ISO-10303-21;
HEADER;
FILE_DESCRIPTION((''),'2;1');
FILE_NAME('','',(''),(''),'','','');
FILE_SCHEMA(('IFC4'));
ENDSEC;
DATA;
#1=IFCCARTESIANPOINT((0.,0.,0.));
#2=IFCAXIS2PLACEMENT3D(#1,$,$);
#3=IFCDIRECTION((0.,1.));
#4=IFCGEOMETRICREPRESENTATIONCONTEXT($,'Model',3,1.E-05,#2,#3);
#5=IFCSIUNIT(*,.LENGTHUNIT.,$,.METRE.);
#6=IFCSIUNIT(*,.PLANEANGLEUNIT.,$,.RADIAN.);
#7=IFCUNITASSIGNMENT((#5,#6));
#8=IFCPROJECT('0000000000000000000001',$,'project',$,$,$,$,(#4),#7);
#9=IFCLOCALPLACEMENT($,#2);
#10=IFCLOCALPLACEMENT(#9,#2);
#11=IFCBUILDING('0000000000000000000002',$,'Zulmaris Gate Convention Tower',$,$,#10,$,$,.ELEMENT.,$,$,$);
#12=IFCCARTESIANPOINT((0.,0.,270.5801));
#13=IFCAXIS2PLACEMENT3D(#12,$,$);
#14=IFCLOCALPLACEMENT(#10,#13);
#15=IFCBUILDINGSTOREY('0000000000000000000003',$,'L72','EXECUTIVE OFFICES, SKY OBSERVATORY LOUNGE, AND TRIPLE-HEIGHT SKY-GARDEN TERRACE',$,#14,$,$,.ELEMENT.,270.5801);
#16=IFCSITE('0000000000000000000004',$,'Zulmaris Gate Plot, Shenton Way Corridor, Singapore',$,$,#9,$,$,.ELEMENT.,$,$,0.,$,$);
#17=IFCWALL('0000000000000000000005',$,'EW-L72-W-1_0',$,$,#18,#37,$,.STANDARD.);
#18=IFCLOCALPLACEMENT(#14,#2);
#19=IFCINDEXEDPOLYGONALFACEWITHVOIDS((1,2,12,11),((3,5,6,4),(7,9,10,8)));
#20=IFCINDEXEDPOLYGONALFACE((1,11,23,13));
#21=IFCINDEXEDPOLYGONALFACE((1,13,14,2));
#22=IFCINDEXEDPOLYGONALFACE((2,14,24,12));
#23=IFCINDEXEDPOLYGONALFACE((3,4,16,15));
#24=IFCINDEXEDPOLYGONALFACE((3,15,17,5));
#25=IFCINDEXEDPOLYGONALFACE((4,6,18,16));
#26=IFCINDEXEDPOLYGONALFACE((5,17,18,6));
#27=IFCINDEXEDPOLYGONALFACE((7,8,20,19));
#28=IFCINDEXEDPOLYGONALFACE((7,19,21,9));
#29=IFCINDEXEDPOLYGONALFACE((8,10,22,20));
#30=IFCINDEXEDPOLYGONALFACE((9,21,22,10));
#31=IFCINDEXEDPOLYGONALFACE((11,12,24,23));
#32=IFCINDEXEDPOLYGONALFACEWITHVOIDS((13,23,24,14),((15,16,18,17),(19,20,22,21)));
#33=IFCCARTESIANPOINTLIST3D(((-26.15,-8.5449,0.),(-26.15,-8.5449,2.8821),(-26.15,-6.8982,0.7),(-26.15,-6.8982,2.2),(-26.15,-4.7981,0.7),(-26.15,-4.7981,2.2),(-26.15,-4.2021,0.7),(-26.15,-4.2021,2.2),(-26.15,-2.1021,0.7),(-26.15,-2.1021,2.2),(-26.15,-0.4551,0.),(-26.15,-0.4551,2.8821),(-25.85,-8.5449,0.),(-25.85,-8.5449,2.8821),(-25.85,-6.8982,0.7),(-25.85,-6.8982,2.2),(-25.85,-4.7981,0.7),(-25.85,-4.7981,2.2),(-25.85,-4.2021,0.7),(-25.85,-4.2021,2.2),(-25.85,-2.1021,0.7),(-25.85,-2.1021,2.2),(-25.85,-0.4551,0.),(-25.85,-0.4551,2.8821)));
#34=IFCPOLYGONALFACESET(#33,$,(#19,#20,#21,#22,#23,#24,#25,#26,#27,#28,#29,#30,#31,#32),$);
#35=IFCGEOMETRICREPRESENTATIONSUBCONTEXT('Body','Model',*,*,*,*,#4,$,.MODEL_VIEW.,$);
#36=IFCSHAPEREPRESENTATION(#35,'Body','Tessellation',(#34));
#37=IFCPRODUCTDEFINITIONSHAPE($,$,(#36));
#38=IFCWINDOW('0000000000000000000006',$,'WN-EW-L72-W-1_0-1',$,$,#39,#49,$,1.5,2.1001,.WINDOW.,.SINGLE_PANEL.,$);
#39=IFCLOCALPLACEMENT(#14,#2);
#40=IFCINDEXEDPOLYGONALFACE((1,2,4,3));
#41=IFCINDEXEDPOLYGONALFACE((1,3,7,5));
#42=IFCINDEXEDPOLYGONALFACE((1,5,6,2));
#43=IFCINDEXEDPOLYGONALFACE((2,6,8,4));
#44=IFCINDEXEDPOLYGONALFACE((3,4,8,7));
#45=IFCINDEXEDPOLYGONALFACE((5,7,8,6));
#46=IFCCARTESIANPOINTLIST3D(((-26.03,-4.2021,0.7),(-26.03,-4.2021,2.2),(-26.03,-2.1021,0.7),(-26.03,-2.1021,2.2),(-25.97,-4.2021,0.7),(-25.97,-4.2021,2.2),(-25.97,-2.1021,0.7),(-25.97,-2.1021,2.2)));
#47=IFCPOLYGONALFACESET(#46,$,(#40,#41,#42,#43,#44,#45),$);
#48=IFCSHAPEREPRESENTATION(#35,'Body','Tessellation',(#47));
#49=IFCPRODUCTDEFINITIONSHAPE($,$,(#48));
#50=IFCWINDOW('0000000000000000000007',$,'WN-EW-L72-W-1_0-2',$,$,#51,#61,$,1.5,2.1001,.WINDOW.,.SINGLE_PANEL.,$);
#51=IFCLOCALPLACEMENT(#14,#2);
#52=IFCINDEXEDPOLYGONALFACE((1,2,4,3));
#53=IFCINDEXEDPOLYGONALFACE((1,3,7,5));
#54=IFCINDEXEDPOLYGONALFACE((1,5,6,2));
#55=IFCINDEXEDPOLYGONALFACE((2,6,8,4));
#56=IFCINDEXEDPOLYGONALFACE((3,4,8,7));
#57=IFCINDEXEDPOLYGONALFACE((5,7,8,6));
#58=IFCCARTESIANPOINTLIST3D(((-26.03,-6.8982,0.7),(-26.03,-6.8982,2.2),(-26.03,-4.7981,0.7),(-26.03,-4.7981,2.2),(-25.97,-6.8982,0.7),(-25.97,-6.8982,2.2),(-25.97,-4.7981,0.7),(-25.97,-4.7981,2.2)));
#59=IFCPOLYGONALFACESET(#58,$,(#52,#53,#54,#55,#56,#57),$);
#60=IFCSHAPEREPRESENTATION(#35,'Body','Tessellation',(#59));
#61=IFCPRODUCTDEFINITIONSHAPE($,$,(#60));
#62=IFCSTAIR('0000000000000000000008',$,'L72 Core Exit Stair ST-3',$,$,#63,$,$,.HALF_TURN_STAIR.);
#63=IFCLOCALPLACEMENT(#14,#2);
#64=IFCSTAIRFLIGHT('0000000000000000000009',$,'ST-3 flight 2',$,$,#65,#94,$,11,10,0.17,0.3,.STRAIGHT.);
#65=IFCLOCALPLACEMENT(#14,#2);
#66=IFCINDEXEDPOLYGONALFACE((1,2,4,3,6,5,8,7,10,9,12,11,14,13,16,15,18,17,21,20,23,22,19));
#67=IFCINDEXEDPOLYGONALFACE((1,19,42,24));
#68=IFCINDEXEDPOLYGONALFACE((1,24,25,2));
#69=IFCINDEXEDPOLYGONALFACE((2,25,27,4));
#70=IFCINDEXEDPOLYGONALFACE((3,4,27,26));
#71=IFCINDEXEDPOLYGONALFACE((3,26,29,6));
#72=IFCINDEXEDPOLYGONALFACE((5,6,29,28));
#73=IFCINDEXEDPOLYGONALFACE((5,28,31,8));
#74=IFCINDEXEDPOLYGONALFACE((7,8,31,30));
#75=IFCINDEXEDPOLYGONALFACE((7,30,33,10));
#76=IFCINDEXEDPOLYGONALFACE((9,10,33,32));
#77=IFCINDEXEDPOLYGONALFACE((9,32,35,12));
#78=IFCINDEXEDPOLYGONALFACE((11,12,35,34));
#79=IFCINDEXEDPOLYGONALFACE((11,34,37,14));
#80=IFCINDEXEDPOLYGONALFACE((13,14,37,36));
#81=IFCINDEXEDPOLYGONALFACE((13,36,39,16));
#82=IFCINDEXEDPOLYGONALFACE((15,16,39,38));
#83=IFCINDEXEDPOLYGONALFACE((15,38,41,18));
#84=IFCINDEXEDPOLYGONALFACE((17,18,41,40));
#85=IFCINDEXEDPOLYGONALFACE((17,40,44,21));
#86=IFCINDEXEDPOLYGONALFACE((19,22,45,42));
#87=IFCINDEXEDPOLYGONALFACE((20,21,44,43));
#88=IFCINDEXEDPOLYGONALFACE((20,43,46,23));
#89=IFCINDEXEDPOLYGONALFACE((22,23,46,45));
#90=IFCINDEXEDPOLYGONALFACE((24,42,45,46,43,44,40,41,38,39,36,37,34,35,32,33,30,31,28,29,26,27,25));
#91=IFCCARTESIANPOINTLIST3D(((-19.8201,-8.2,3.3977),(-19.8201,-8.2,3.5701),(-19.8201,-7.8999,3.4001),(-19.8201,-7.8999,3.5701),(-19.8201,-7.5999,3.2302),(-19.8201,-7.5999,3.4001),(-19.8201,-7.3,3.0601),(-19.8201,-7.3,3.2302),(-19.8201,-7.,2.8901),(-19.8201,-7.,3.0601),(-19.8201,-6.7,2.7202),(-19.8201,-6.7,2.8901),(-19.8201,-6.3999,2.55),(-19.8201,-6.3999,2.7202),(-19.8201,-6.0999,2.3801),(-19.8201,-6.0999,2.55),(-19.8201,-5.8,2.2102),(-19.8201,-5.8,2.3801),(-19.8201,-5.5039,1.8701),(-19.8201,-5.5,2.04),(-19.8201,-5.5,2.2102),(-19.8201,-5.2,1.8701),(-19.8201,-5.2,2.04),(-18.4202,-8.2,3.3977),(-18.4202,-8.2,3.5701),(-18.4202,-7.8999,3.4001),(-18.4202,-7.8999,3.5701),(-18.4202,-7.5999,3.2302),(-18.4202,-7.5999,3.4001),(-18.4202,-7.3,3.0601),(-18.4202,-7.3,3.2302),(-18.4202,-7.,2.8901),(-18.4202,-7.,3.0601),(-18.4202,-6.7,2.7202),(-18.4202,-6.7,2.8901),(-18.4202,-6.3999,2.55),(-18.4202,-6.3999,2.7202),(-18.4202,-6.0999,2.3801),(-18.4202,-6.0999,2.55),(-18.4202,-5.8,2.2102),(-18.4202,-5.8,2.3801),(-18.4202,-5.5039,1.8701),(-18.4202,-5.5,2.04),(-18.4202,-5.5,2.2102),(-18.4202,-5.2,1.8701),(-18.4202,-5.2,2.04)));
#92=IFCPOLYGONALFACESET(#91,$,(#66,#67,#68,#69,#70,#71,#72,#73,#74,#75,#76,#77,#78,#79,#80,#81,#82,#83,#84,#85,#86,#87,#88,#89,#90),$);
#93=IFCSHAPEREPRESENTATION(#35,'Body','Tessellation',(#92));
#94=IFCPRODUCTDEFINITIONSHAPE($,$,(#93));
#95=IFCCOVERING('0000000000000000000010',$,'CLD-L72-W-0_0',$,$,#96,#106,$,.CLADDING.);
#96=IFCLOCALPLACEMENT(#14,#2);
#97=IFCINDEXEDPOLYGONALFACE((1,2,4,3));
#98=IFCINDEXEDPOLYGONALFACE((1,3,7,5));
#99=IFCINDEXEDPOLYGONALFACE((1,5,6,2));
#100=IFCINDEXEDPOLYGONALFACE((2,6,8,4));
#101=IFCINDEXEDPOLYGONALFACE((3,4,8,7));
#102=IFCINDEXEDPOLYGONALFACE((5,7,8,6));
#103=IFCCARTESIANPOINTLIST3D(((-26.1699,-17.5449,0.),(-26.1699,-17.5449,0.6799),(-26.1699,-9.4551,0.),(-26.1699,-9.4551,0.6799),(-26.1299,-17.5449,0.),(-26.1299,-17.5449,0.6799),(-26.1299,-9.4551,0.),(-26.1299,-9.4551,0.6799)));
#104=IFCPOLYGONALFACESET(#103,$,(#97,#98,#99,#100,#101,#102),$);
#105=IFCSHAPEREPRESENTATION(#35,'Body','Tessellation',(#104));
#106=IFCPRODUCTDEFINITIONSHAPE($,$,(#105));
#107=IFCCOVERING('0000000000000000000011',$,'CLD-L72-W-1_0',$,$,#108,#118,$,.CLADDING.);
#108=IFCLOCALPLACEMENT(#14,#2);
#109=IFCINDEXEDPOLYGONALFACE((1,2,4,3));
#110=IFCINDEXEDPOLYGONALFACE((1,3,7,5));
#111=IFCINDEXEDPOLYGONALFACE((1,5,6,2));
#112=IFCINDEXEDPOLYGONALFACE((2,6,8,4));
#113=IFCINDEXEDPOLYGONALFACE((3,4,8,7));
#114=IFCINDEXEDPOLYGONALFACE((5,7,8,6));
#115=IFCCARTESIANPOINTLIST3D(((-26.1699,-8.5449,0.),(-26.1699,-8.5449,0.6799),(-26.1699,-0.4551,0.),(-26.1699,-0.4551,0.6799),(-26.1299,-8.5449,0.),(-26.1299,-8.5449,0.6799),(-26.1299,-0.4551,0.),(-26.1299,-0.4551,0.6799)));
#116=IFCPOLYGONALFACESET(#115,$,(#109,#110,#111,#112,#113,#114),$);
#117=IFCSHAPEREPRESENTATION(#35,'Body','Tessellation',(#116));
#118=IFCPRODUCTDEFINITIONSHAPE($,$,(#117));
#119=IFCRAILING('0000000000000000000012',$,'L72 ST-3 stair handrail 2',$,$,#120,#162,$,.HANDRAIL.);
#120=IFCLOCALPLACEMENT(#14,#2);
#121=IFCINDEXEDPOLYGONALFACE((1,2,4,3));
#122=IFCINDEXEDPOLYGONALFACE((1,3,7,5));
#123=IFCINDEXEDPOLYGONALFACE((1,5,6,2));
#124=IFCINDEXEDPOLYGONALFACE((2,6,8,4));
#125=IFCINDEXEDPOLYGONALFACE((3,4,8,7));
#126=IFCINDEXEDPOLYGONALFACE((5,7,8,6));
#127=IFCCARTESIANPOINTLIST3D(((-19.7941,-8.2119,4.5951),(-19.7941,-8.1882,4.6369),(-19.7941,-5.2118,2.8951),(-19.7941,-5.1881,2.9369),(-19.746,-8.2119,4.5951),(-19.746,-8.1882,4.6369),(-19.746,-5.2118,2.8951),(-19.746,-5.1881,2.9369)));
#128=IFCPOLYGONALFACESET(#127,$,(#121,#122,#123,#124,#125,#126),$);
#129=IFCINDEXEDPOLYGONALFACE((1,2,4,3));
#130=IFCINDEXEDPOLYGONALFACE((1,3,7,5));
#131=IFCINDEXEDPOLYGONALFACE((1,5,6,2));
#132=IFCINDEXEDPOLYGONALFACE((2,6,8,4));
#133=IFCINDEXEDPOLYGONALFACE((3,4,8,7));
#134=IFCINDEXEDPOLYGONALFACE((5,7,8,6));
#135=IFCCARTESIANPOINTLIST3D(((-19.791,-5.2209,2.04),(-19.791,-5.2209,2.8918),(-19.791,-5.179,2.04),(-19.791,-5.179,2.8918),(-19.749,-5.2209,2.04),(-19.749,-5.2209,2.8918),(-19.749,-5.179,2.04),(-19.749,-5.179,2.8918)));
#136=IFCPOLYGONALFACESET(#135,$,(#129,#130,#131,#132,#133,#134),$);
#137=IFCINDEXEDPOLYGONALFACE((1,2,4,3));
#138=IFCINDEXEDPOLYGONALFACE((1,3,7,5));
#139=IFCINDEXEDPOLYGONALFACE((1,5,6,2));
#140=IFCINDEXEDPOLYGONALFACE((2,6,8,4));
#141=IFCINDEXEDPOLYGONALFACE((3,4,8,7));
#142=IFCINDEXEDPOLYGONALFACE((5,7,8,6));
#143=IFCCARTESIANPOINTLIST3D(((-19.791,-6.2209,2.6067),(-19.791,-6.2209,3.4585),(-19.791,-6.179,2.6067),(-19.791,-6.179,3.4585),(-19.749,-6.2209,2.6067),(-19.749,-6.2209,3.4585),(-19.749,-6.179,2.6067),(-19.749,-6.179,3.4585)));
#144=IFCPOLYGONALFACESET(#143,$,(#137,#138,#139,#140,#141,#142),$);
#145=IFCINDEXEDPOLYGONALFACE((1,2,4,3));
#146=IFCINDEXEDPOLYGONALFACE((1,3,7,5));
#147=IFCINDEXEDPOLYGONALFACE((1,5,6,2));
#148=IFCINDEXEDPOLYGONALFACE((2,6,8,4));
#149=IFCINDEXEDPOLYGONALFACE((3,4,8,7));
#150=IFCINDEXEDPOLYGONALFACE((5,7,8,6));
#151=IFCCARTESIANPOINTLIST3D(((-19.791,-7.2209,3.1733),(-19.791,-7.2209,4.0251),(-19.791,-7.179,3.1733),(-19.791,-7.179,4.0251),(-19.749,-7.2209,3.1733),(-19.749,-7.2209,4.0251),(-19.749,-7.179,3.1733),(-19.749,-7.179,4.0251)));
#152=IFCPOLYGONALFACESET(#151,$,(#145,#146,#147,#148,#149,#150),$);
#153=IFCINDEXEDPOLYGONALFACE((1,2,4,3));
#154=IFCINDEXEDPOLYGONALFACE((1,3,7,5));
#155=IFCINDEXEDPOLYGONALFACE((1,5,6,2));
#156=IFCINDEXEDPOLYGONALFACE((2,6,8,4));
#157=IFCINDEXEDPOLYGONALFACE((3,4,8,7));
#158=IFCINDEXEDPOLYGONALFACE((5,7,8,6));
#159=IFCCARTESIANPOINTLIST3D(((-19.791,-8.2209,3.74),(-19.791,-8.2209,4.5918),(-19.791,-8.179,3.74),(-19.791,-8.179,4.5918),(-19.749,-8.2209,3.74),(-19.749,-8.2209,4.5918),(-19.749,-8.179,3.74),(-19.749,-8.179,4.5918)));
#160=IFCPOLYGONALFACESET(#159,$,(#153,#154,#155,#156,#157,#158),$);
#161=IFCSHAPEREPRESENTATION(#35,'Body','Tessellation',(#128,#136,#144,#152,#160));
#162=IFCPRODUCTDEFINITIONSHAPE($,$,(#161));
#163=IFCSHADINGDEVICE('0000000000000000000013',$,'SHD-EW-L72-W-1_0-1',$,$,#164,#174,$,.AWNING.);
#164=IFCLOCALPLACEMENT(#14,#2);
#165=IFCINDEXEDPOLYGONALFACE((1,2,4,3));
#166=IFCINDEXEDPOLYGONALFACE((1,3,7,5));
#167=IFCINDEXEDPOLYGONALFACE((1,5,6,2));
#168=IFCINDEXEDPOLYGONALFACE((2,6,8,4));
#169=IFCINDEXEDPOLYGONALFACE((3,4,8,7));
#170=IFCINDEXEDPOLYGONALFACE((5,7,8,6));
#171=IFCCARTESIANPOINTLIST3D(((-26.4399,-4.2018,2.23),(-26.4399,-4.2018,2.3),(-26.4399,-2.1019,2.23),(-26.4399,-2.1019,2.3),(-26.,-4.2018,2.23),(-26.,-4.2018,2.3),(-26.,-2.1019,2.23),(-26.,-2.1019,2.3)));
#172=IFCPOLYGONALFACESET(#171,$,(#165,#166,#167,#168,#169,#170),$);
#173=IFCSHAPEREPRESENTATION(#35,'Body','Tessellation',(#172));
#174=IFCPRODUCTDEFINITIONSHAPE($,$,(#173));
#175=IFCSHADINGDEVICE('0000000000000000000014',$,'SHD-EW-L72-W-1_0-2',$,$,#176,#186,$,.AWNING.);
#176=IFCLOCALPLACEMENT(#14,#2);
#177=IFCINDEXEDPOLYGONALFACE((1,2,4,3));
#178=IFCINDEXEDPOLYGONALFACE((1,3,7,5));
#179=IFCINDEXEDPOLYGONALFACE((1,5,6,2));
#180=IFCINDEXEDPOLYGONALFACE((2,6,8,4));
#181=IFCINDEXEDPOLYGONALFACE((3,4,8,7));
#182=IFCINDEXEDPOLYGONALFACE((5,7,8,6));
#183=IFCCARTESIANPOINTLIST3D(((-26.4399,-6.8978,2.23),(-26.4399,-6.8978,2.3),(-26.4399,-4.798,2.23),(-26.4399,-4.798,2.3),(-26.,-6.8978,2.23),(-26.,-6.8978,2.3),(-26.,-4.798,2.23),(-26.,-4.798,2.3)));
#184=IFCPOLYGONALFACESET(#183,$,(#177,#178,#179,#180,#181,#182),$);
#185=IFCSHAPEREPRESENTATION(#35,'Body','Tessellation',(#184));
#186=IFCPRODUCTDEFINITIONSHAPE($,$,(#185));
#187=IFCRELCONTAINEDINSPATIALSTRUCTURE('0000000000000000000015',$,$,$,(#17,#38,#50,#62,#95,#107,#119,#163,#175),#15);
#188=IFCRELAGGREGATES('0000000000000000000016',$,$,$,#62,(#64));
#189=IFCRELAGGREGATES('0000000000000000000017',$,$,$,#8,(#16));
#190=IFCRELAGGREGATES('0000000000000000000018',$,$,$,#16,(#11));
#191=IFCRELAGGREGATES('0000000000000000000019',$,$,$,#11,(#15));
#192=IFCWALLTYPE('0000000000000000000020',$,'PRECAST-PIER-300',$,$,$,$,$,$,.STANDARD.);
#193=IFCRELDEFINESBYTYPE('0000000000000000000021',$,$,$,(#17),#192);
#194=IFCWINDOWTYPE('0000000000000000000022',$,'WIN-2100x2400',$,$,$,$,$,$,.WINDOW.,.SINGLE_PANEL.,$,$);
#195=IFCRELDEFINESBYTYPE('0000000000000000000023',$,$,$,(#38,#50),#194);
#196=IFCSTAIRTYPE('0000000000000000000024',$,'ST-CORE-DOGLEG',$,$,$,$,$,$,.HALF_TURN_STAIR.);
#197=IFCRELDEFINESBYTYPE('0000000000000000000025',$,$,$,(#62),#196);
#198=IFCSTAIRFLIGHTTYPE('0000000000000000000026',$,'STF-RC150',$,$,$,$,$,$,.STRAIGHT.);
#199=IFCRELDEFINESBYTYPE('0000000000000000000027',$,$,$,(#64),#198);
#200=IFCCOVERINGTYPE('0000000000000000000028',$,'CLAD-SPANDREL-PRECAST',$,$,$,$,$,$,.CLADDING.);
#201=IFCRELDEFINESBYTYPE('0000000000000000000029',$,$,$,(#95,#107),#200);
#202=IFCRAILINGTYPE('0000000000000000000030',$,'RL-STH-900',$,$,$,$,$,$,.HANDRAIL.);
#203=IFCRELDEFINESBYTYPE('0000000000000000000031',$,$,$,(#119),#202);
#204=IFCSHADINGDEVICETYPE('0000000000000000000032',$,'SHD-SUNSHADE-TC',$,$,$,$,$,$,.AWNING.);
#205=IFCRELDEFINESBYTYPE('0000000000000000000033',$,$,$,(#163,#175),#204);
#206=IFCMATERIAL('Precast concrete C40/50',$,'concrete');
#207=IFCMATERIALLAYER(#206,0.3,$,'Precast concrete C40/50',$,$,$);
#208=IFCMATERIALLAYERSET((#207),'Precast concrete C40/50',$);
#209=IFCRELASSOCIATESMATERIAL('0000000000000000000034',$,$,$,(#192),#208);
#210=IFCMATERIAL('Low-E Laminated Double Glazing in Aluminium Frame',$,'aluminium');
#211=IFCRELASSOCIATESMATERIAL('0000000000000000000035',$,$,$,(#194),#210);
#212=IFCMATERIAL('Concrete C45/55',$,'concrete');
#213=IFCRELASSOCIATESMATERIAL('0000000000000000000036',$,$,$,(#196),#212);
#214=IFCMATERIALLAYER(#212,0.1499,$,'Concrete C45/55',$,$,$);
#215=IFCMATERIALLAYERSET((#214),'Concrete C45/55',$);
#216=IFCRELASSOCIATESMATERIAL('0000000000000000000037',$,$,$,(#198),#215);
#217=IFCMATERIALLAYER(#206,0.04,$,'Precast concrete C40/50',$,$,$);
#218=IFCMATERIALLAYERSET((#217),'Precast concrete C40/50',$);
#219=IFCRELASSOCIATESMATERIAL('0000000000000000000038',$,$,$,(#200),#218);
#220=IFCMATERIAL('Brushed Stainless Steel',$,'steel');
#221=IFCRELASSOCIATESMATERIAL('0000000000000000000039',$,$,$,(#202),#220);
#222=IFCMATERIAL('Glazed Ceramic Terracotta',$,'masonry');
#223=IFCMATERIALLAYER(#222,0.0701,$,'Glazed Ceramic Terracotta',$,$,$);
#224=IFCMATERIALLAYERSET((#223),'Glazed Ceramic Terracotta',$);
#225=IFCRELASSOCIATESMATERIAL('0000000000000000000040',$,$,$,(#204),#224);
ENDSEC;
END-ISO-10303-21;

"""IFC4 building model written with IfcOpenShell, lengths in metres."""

from ifc_helpers import new_model, si_unit, direction, frame, frame_2d, origin, origin_2d, place, context, subcontext, project, spatial, polyline, rectangle, outline, extrude, material, layer, layer_set, type_object, element, fill, aggregate, save


model = new_model("IFC4")

# Units and contexts
model_context = context("Model", 3, precision=1e-05, world=origin(), true_north=direction((0.0, 1.0)))
body_context = subcontext(model_context, "Body", "Model", "MODEL_VIEW")
ifc_project = project(units=[si_unit("LENGTHUNIT", "METRE"), si_unit("PLANEANGLEUNIT", "RADIAN")], contexts=[model_context])

# Site, building, storey
site_placement = place(None, origin())
site = spatial("IfcSite", under=ifc_project, at=site_placement, Name="Zulmaris Gate Plot, Shenton Way Corridor, Singapore", CompositionType="ELEMENT", RefElevation=0.0)
building_placement = place(site_placement, origin())
building = spatial("IfcBuilding", under=site, at=building_placement, Name="Zulmaris Gate Convention Tower", CompositionType="ELEMENT")
storey_placement = place(building_placement, frame((0.0, 0.0, 270.5801)))
storey = spatial("IfcBuildingStorey", under=building, at=storey_placement, Name="L72", Description="EXECUTIVE OFFICES, SKY OBSERVATORY LOUNGE, AND TRIPLE-HEIGHT SKY-GARDEN TERRACE", CompositionType="ELEMENT", Elevation=270.5801)

# Shared definitions
ifc_material_1 = material(Name="Precast concrete C40/50", Category="concrete")
ifc_layer_1 = layer(ifc_material_1, 0.3, Name="Precast concrete C40/50")
ifc_layer_set_1 = layer_set([ifc_layer_1], Name="Precast concrete C40/50")
wall_type_1 = type_object("IfcWallType", Name="PRECAST-PIER-300", PredefinedType="STANDARD", material=ifc_layer_set_1)

# Wall, openings, windows
wall_1_placement = place(storey_placement, frame((-26.0, -0.4551, 0.0), z_axis=(0.0, 0.0, 1.0), x_axis=(0.0, -1.0, 0.0)))
wall_1 = element("IfcWall", 1, at=wall_1_placement, inside=storey, type_object=wall_type_1, Name="EW-L72-W-1_0", PredefinedType="STANDARD", context=body_context, shape_type="SweptSolid", body=[
    extrude(rectangle(XDim=8.0898, YDim=0.3, at=frame_2d((4.0449, 0.0))), origin(), (0.0, 0.0, 1.0), 2.8821),
])
opening_1_placement = place(wall_1_placement, frame((1.647, 0.0, 0.7)))
opening_1 = element("IfcOpeningElement", 2, at=opening_1_placement, cuts=wall_1, PredefinedType="OPENING", context=body_context, shape_type="SweptSolid", body=[
    extrude(rectangle(XDim=2.1001, YDim=1.5, at=frame_2d((1.05, 0.75))), frame((0.0, 0.1602, 0.0), z_axis=(0.0, -1.0, 0.0), x_axis=(1.0, 0.0, 0.0)), (0.0, 0.0, 1.0), 0.3201),
])
opening_2_placement = place(wall_1_placement, frame((4.343, 0.0, 0.7)))
opening_2 = element("IfcOpeningElement", 3, at=opening_2_placement, cuts=wall_1, PredefinedType="OPENING", context=body_context, shape_type="SweptSolid", body=[
    extrude(rectangle(XDim=2.1001, YDim=1.5, at=frame_2d((1.05, 0.75))), frame((0.0, 0.1602, 0.0), z_axis=(0.0, -1.0, 0.0), x_axis=(1.0, 0.0, 0.0)), (0.0, 0.0, 1.0), 0.3201),
])
ifc_material_2 = material(Name="Low-E Laminated Double Glazing in Aluminium Frame", Category="aluminium")
window_type = type_object("IfcWindowType", Name="WIN-2100x2400", PartitioningType="SINGLE_PANEL", PredefinedType="WINDOW", material=ifc_material_2)
window_1_placement = place(opening_1_placement, origin())
window_1 = element("IfcWindow", 4, at=window_1_placement, inside=storey, type_object=window_type, Name="WN-EW-L72-W-1_0-1", OverallHeight=1.5, OverallWidth=2.1001, PartitioningType="SINGLE_PANEL", PredefinedType="WINDOW", context=body_context, shape_type="SweptSolid", body=[
    extrude(rectangle(XDim=2.1001, YDim=1.5, at=frame_2d((1.05, 0.75))), frame((0.0, 0.03, 0.0), z_axis=(0.0, -1.0, 0.0), x_axis=(1.0, 0.0, 0.0)), (0.0, 0.0, 1.0), 0.0601),
])
fill(opening_1, window_1)
window_2_placement = place(opening_2_placement, origin())
window_2 = element("IfcWindow", 5, at=window_2_placement, inside=storey, type_object=window_type, Name="WN-EW-L72-W-1_0-2", OverallHeight=1.5, OverallWidth=2.1001, PartitioningType="SINGLE_PANEL", PredefinedType="WINDOW", context=body_context, shape_type="SweptSolid", body=[
    extrude(rectangle(XDim=2.1001, YDim=1.5, at=frame_2d((1.05, 0.75))), frame((0.0, 0.03, 0.0), z_axis=(0.0, -1.0, 0.0), x_axis=(1.0, 0.0, 0.0)), (0.0, 0.0, 1.0), 0.0601),
])
fill(opening_2, window_2)

# Stair, stair flight
ifc_material_3 = material(Name="Concrete C45/55", Category="concrete")
stair_type = type_object("IfcStairType", Name="ST-CORE-DOGLEG", PredefinedType="HALF_TURN_STAIR", material=ifc_material_3)
stair_placement = place(storey_placement, origin())
stair = element("IfcStair", 6, at=stair_placement, inside=storey, type_object=stair_type, Name="L72 Core Exit Stair ST-3", PredefinedType="HALF_TURN_STAIR")
ifc_layer_2 = layer(ifc_material_3, 0.1499, Name="Concrete C45/55")
ifc_layer_set_2 = layer_set([ifc_layer_2], Name="Concrete C45/55")
stair_flight_type = type_object("IfcStairFlightType", Name="STF-RC150", PredefinedType="STRAIGHT", material=ifc_layer_set_2)
stair_flight_placement = place(storey_placement, frame((-19.1201, -5.2, 1.8701), z_axis=(0.0, 0.0, 1.0), x_axis=(0.0, -1.0, 0.0)))
stair_flight = element("IfcStairFlight", 7, at=stair_flight_placement, type_object=stair_flight_type, Name="ST-3 flight 2", NumberOfRisers=11, NumberOfTreads=10, PredefinedType="STRAIGHT", RiserHeight=0.17, TreadLength=0.3, context=body_context, shape_type="SweptSolid", body=[
    extrude(outline(polyline([(0.0, 0.0), (0.0, 0.1699), (0.3, 0.1699), (0.3, 0.3401), (0.6001, 0.3401), (0.6001, 0.51), (0.8999, 0.51), (0.8999, 0.6799), (1.2, 0.6799), (1.2, 0.8501), (1.5, 0.8501), (1.5, 1.02), (1.8, 1.02), (1.8, 1.1899), (2.1001, 1.1899), (2.1001, 1.3601), (2.3999, 1.3601), (2.3999, 1.53), (2.7, 1.53), (2.7, 1.7), (3.0, 1.7), (3.0, 1.8701), (3.0, 1.5276), (0.304, 0.0), (0.0, 0.0)])), frame((0.0, 0.7, 0.0), z_axis=(0.0, -1.0, 0.0), x_axis=(1.0, 0.0, 0.0)), (0.0, 0.0, 1.0), 1.3999),
])
aggregate(stair, [stair_flight])

# Coverings
ifc_layer_3 = layer(ifc_material_1, 0.04, Name="Precast concrete C40/50")
ifc_layer_set_3 = layer_set([ifc_layer_3], Name="Precast concrete C40/50")
covering_type = type_object("IfcCoveringType", Name="CLAD-SPANDREL-PRECAST", PredefinedType="CLADDING", material=ifc_layer_set_3)
for number, where, z_axis, x_axis, name in (
    (8, (-26.1499, -9.4551, 0.0), (0.0, 0.0, 1.0), (0.0, -1.0, 0.0), "CLD-L72-W-0_0"),
    (9, (-26.1499, -0.4551, 0.0), (0.0, 0.0, 1.0), (0.0, -1.0, 0.0), "CLD-L72-W-1_0"),
):
    element("IfcCovering", number, at=place(storey_placement, frame(where, z_axis=z_axis, x_axis=x_axis)), inside=storey, type_object=covering_type, Name=name, PredefinedType="CLADDING", context=body_context, shape_type="SweptSolid", body=[
        extrude(rectangle(XDim=8.0898, YDim=0.04, at=frame_2d((4.0449, 0.0))), origin(), (0.0, 0.0, 1.0), 0.6799),
    ])

# Railing
ifc_material_4 = material(Name="Brushed Stainless Steel", Category="steel")
railing_type = type_object("IfcRailingType", Name="RL-STH-900", PredefinedType="HANDRAIL", material=ifc_material_4)
railing_placement = place(storey_placement, frame((-19.77, -5.2, 2.04)))
element("IfcRailing", 10, at=railing_placement, inside=storey, type_object=railing_type, Name="L72 ST-3 stair handrail 2", PredefinedType="HANDRAIL", context=body_context, shape_type="SweptSolid", body=[
    extrude(rectangle(XDim=0.0481, YDim=0.0481, at=origin_2d()), frame((0.0, 0.0, 0.876), z_axis=(0.0, -0.870028, 0.493002), x_axis=(1.0, 0.0, 0.0)), (0.0, 0.0, 1.0), 3.4482),
    extrude(rectangle(XDim=0.042, YDim=0.042, at=origin_2d()), origin(), (0.0, 0.0, 1.0), 0.8518),
    extrude(rectangle(XDim=0.042, YDim=0.042, at=origin_2d()), frame((0.0, -1.0, 0.5667)), (0.0, 0.0, 1.0), 0.8518),
    extrude(rectangle(XDim=0.042, YDim=0.042, at=origin_2d()), frame((0.0, -2.0, 1.1333)), (0.0, 0.0, 1.0), 0.8518),
    extrude(rectangle(XDim=0.042, YDim=0.042, at=origin_2d()), frame((0.0, -3.0, 1.7)), (0.0, 0.0, 1.0), 0.8518),
])

# Shading devices
ifc_material_5 = material(Name="Glazed Ceramic Terracotta", Category="masonry")
ifc_layer_4 = layer(ifc_material_5, 0.0701, Name="Glazed Ceramic Terracotta")
ifc_layer_set_4 = layer_set([ifc_layer_4], Name="Glazed Ceramic Terracotta")
shading_device_type = type_object("IfcShadingDeviceType", Name="SHD-SUNSHADE-TC", PredefinedType="AWNING", material=ifc_layer_set_4)
for number, where, z_axis, x_axis, name in (
    (11, (-26.22, -2.1021, 2.23), (0.0, 0.0, 1.0), (0.0, -1.0, 0.0), "SHD-EW-L72-W-1_0-1"),
    (12, (-26.22, -4.7981, 2.23), (0.0, 0.0, 1.0), (0.0, -1.0, 0.0), "SHD-EW-L72-W-1_0-2"),
):
    element("IfcShadingDevice", number, at=place(storey_placement, frame(where, z_axis=z_axis, x_axis=x_axis)), inside=storey, type_object=shading_device_type, Name=name, PredefinedType="AWNING", context=body_context, shape_type="SweptSolid", body=[
        extrude(rectangle(XDim=2.0999, YDim=0.4399, at=frame_2d((1.0498, 0.0))), origin(), (0.0, 0.0, 1.0), 0.0701),
    ])

save(model, "model.ifc")
